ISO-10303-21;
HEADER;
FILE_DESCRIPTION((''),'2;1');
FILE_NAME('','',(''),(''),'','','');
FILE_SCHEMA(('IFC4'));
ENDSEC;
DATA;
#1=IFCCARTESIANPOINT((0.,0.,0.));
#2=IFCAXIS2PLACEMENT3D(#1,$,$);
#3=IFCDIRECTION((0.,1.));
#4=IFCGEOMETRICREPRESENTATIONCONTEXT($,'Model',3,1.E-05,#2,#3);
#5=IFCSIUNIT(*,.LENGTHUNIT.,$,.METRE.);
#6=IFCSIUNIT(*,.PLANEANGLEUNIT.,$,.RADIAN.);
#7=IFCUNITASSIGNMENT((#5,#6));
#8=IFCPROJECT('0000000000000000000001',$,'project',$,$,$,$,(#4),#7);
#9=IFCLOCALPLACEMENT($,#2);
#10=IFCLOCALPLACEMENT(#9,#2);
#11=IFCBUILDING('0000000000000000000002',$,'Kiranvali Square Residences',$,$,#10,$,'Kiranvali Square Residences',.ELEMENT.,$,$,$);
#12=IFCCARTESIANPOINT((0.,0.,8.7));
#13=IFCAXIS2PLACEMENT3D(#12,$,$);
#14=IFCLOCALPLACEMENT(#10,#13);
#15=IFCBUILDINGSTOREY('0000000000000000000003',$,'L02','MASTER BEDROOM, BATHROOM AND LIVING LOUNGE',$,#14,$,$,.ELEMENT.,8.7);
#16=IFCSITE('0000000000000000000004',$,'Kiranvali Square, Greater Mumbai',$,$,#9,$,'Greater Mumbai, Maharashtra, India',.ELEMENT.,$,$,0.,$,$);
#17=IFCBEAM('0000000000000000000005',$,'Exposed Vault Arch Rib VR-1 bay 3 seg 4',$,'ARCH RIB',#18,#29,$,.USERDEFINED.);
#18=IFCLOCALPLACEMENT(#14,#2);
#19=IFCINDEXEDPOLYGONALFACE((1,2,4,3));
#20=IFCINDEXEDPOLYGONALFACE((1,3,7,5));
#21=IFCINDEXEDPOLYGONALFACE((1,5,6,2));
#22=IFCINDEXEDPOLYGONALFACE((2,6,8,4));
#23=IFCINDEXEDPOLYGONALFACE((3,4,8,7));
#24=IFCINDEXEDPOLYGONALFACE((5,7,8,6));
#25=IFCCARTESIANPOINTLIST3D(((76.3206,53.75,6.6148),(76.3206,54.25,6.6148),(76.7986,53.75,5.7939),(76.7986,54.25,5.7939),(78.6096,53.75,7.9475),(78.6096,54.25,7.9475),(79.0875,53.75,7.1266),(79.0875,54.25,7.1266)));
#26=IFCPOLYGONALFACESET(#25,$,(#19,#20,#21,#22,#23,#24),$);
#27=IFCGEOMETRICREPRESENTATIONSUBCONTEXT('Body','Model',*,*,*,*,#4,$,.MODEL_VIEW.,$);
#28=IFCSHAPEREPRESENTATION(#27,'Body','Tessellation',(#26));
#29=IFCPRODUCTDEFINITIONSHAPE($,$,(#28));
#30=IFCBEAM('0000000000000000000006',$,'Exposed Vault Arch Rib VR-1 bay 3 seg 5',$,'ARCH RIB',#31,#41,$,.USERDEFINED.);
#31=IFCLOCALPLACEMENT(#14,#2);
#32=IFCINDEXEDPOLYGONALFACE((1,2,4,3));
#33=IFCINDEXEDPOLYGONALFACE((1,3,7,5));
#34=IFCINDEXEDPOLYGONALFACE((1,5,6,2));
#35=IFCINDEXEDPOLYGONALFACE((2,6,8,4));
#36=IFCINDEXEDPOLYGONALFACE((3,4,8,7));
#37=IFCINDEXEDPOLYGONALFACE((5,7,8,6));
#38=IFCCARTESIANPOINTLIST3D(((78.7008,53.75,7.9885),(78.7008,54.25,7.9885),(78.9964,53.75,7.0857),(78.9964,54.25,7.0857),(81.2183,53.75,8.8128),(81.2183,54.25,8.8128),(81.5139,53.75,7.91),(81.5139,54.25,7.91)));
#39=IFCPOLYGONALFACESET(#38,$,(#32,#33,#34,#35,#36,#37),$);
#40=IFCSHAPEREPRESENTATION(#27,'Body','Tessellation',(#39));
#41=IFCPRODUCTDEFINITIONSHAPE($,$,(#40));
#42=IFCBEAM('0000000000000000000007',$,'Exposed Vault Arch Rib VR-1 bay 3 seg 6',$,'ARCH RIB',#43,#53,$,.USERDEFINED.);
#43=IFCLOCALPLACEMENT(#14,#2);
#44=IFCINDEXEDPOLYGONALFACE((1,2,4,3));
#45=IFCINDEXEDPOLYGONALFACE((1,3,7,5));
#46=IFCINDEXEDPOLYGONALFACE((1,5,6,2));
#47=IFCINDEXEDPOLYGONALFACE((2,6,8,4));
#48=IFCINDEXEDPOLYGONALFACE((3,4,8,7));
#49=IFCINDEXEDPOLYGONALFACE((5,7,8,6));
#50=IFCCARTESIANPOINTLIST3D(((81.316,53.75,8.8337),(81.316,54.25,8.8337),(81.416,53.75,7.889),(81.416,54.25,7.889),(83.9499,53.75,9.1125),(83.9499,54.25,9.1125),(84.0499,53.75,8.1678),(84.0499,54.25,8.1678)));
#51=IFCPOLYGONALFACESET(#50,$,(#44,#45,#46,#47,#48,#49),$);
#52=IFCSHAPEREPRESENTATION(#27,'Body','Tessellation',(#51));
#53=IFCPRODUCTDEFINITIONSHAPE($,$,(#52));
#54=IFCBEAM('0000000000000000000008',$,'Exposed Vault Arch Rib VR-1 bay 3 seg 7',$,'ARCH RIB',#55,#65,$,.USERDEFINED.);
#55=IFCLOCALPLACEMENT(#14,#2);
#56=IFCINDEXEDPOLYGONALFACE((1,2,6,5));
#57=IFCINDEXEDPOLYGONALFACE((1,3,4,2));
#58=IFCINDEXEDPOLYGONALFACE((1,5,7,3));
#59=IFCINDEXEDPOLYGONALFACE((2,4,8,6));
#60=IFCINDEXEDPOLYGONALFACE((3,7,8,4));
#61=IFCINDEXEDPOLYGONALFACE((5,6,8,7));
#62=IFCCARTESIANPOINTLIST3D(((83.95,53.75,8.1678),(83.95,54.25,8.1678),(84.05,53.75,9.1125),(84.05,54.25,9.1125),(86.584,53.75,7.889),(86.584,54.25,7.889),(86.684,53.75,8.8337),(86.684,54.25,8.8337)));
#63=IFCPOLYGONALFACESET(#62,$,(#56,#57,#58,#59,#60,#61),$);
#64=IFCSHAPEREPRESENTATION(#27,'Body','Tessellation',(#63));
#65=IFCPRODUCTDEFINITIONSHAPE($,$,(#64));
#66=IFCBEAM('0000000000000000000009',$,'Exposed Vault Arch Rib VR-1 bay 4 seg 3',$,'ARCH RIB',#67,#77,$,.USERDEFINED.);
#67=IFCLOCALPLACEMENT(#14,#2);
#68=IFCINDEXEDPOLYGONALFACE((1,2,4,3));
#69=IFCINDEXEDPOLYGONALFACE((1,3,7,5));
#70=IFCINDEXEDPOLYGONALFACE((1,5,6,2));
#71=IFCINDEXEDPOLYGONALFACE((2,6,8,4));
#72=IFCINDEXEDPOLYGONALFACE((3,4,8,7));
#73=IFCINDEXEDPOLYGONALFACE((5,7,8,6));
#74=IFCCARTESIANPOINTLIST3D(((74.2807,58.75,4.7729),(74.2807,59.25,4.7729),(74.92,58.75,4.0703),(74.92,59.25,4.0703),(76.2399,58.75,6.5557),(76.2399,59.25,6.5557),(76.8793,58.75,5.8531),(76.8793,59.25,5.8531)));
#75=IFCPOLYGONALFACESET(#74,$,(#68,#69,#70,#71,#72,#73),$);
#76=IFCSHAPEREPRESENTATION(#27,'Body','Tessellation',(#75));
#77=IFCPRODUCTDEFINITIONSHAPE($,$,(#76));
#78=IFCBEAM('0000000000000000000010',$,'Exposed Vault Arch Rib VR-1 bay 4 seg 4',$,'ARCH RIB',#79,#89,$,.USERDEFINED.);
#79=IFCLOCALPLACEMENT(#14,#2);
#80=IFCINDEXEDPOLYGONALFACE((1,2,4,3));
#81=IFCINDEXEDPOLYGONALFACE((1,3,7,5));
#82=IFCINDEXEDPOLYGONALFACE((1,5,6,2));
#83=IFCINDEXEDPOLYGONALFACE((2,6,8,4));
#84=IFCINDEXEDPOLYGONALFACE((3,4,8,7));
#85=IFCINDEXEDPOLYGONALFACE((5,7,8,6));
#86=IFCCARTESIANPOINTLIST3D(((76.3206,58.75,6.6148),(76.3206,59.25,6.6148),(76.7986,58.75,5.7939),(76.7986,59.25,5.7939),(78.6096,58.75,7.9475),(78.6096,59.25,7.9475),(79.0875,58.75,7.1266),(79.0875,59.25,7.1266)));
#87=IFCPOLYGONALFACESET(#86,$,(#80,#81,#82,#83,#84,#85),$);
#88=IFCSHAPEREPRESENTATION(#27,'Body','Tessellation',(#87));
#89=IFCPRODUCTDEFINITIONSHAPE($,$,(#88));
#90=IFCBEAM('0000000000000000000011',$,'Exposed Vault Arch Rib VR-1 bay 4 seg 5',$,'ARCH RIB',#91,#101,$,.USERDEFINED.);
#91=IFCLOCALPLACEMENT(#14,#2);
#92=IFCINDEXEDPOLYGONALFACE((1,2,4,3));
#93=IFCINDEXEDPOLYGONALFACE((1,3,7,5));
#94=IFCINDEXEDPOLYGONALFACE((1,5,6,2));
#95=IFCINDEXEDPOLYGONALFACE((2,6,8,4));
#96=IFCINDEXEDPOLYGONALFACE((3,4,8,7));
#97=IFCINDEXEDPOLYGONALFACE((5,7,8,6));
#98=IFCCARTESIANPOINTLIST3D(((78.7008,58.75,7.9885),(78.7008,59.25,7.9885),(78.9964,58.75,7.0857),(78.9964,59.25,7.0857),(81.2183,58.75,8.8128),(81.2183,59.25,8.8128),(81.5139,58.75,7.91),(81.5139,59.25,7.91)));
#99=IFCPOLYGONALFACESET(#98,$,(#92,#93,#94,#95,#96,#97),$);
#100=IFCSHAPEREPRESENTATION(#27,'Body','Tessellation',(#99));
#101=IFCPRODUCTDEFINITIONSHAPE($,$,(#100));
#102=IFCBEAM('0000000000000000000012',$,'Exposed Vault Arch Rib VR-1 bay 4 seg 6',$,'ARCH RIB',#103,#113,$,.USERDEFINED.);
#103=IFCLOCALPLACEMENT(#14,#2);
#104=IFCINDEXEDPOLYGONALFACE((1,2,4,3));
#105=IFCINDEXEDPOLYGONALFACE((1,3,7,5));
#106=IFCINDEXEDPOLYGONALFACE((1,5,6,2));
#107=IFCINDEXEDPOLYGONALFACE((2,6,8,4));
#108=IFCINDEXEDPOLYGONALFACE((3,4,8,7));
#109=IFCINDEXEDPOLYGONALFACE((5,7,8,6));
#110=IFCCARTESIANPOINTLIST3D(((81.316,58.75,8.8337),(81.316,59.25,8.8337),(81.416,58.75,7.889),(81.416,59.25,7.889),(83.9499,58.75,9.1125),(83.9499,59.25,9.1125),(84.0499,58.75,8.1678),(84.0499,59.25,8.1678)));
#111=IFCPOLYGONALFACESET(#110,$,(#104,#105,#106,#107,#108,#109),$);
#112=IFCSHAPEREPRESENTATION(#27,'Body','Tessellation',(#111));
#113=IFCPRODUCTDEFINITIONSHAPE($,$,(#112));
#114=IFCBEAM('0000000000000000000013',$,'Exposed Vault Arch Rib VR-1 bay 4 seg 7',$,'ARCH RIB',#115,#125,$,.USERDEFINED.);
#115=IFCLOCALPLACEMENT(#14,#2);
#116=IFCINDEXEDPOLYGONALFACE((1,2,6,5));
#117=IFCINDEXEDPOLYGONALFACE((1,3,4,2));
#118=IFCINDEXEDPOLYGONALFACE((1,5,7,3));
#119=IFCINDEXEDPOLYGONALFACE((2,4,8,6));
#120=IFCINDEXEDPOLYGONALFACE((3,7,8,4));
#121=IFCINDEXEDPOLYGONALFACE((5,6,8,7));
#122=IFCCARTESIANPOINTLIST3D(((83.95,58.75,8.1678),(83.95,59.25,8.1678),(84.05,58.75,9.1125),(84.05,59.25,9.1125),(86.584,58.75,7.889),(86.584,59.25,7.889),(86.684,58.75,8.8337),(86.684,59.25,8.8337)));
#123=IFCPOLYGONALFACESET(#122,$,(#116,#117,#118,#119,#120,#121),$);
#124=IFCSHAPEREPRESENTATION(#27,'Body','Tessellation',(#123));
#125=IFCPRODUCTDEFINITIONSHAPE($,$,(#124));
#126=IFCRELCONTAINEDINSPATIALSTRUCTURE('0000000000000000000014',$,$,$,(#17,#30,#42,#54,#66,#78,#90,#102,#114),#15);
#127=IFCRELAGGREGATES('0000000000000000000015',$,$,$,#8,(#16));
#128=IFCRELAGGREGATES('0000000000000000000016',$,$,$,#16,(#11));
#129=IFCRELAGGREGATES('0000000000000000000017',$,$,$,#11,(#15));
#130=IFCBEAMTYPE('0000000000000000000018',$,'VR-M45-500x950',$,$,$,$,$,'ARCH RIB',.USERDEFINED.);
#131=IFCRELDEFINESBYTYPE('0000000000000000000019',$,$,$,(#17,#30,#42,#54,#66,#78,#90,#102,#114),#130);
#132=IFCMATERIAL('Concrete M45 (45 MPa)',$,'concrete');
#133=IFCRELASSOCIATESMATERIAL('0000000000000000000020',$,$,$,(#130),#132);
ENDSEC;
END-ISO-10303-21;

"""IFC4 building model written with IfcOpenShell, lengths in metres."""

from ifc_helpers import new_model, si_unit, direction, frame, origin, origin_2d, place, context, subcontext, project, spatial, rectangle, extrude, material, material_profile, profile_set, type_object, element, save


model = new_model("IFC4")

# Units and contexts
model_context = context("Model", 3, precision=1e-05, world=origin(), true_north=direction((0.0, 1.0)))
body_context = subcontext(model_context, "Body", "Model", "MODEL_VIEW")
ifc_project = project(units=[si_unit("LENGTHUNIT", "METRE"), si_unit("PLANEANGLEUNIT", "RADIAN")], contexts=[model_context])

# Site, building, storey
site_placement = place(None, origin())
site = spatial("IfcSite", under=ifc_project, at=site_placement, Name="Kiranvali Square, Greater Mumbai", LongName="Greater Mumbai, Maharashtra, India", CompositionType="ELEMENT", RefElevation=0.0)
building_placement = place(site_placement, origin())
building = spatial("IfcBuilding", under=site, at=building_placement, Name="Kiranvali Square Residences", LongName="Kiranvali Square Residences", CompositionType="ELEMENT")
storey_placement = place(building_placement, frame((0.0, 0.0, 8.7)))
storey = spatial("IfcBuildingStorey", under=building, at=storey_placement, Name="L02", Description="MASTER BEDROOM, BATHROOM AND LIVING LOUNGE", CompositionType="ELEMENT", Elevation=8.7)

# Beams
ifc_material_1 = material(Name="Concrete M45 (45 MPa)", Category="concrete")
ifc_material_profile_1 = material_profile(ifc_material_1, rectangle(XDim=0.5, YDim=0.95, at=origin_2d()), Name="RC 500x950")
ifc_profile_set_1 = profile_set([ifc_material_profile_1], Name="Concrete M45 (45 MPa)")
beam_type = type_object("IfcBeamType", Name="VR-M45-500x950", ElementType="ARCH RIB", PredefinedType="USERDEFINED", material=ifc_profile_set_1)
beam_1_placement = place(storey_placement, frame((76.5596, 54.0, 6.2043), z_axis=(0.864193, 0.0, 0.50316), x_axis=(0.0, 1.0, 0.0)))
element("IfcBeam", 1, at=beam_1_placement, inside=storey, type_object=beam_type, Name="Exposed Vault Arch Rib VR-1 bay 3 seg 4", ObjectType="ARCH RIB", PredefinedType="USERDEFINED", context=body_context, shape_type="SweptSolid", body=[
    extrude(rectangle(XDim=0.5, YDim=0.95, at=origin_2d()), origin(), (0.0, 0.0, 1.0), 2.6487),
])
beam_2_placement = place(storey_placement, frame((78.8486, 54.0, 7.5371), z_axis=(0.950356, 0.0, 0.311163), x_axis=(0.0, 1.0, 0.0)))
element("IfcBeam", 2, at=beam_2_placement, inside=storey, type_object=beam_type, Name="Exposed Vault Arch Rib VR-1 bay 3 seg 5", ObjectType="ARCH RIB", PredefinedType="USERDEFINED", context=body_context, shape_type="SweptSolid", body=[
    extrude(rectangle(XDim=0.5, YDim=0.95, at=origin_2d()), origin(), (0.0, 0.0, 1.0), 2.6489),
])
for number, where, z_axis, x_axis, name in (
    (3, (81.366, 54.0, 8.3613), (0.994445, 0.0, 0.105261), (0.0, 1.0, 0.0), "Exposed Vault Arch Rib VR-1 bay 3 seg 6"),
    (4, (84.0, 54.0, 8.6401), (0.994445, 0.0, -0.105261), (0.0, 1.0, 0.0), "Exposed Vault Arch Rib VR-1 bay 3 seg 7"),
):
    element("IfcBeam", number, at=place(storey_placement, frame(where, z_axis=z_axis, x_axis=x_axis)), inside=storey, type_object=beam_type, Name=name, ObjectType="ARCH RIB", PredefinedType="USERDEFINED", context=body_context, shape_type="SweptSolid", body=[
        extrude(rectangle(XDim=0.5, YDim=0.95, at=origin_2d()), origin(), (0.0, 0.0, 1.0), 2.6487),
    ])
beam_3_placement = place(storey_placement, frame((74.6003, 59.0, 4.4216), z_axis=(0.73964, 0.0, 0.673003), x_axis=(0.0, 1.0, 0.0)))
element("IfcBeam", 5, at=beam_3_placement, inside=storey, type_object=beam_type, Name="Exposed Vault Arch Rib VR-1 bay 4 seg 3", ObjectType="ARCH RIB", PredefinedType="USERDEFINED", context=body_context, shape_type="SweptSolid", body=[
    extrude(rectangle(XDim=0.5, YDim=0.95, at=origin_2d()), origin(), (0.0, 0.0, 1.0), 2.6489),
])
beam_4_placement = place(storey_placement, frame((76.5596, 59.0, 6.2043), z_axis=(0.864193, 0.0, 0.50316), x_axis=(0.0, 1.0, 0.0)))
element("IfcBeam", 6, at=beam_4_placement, inside=storey, type_object=beam_type, Name="Exposed Vault Arch Rib VR-1 bay 4 seg 4", ObjectType="ARCH RIB", PredefinedType="USERDEFINED", context=body_context, shape_type="SweptSolid", body=[
    extrude(rectangle(XDim=0.5, YDim=0.95, at=origin_2d()), origin(), (0.0, 0.0, 1.0), 2.6487),
])
beam_5_placement = place(storey_placement, frame((78.8486, 59.0, 7.5371), z_axis=(0.950356, 0.0, 0.311163), x_axis=(0.0, 1.0, 0.0)))
element("IfcBeam", 7, at=beam_5_placement, inside=storey, type_object=beam_type, Name="Exposed Vault Arch Rib VR-1 bay 4 seg 5", ObjectType="ARCH RIB", PredefinedType="USERDEFINED", context=body_context, shape_type="SweptSolid", body=[
    extrude(rectangle(XDim=0.5, YDim=0.95, at=origin_2d()), origin(), (0.0, 0.0, 1.0), 2.6489),
])
for number, where, z_axis, x_axis, name in (
    (8, (81.366, 59.0, 8.3613), (0.994445, 0.0, 0.105261), (0.0, 1.0, 0.0), "Exposed Vault Arch Rib VR-1 bay 4 seg 6"),
    (9, (84.0, 59.0, 8.6401), (0.994445, 0.0, -0.105261), (0.0, 1.0, 0.0), "Exposed Vault Arch Rib VR-1 bay 4 seg 7"),
):
    element("IfcBeam", number, at=place(storey_placement, frame(where, z_axis=z_axis, x_axis=x_axis)), inside=storey, type_object=beam_type, Name=name, ObjectType="ARCH RIB", PredefinedType="USERDEFINED", context=body_context, shape_type="SweptSolid", body=[
        extrude(rectangle(XDim=0.5, YDim=0.95, at=origin_2d()), origin(), (0.0, 0.0, 1.0), 2.6487),
    ])

save(model, "model.ifc")
